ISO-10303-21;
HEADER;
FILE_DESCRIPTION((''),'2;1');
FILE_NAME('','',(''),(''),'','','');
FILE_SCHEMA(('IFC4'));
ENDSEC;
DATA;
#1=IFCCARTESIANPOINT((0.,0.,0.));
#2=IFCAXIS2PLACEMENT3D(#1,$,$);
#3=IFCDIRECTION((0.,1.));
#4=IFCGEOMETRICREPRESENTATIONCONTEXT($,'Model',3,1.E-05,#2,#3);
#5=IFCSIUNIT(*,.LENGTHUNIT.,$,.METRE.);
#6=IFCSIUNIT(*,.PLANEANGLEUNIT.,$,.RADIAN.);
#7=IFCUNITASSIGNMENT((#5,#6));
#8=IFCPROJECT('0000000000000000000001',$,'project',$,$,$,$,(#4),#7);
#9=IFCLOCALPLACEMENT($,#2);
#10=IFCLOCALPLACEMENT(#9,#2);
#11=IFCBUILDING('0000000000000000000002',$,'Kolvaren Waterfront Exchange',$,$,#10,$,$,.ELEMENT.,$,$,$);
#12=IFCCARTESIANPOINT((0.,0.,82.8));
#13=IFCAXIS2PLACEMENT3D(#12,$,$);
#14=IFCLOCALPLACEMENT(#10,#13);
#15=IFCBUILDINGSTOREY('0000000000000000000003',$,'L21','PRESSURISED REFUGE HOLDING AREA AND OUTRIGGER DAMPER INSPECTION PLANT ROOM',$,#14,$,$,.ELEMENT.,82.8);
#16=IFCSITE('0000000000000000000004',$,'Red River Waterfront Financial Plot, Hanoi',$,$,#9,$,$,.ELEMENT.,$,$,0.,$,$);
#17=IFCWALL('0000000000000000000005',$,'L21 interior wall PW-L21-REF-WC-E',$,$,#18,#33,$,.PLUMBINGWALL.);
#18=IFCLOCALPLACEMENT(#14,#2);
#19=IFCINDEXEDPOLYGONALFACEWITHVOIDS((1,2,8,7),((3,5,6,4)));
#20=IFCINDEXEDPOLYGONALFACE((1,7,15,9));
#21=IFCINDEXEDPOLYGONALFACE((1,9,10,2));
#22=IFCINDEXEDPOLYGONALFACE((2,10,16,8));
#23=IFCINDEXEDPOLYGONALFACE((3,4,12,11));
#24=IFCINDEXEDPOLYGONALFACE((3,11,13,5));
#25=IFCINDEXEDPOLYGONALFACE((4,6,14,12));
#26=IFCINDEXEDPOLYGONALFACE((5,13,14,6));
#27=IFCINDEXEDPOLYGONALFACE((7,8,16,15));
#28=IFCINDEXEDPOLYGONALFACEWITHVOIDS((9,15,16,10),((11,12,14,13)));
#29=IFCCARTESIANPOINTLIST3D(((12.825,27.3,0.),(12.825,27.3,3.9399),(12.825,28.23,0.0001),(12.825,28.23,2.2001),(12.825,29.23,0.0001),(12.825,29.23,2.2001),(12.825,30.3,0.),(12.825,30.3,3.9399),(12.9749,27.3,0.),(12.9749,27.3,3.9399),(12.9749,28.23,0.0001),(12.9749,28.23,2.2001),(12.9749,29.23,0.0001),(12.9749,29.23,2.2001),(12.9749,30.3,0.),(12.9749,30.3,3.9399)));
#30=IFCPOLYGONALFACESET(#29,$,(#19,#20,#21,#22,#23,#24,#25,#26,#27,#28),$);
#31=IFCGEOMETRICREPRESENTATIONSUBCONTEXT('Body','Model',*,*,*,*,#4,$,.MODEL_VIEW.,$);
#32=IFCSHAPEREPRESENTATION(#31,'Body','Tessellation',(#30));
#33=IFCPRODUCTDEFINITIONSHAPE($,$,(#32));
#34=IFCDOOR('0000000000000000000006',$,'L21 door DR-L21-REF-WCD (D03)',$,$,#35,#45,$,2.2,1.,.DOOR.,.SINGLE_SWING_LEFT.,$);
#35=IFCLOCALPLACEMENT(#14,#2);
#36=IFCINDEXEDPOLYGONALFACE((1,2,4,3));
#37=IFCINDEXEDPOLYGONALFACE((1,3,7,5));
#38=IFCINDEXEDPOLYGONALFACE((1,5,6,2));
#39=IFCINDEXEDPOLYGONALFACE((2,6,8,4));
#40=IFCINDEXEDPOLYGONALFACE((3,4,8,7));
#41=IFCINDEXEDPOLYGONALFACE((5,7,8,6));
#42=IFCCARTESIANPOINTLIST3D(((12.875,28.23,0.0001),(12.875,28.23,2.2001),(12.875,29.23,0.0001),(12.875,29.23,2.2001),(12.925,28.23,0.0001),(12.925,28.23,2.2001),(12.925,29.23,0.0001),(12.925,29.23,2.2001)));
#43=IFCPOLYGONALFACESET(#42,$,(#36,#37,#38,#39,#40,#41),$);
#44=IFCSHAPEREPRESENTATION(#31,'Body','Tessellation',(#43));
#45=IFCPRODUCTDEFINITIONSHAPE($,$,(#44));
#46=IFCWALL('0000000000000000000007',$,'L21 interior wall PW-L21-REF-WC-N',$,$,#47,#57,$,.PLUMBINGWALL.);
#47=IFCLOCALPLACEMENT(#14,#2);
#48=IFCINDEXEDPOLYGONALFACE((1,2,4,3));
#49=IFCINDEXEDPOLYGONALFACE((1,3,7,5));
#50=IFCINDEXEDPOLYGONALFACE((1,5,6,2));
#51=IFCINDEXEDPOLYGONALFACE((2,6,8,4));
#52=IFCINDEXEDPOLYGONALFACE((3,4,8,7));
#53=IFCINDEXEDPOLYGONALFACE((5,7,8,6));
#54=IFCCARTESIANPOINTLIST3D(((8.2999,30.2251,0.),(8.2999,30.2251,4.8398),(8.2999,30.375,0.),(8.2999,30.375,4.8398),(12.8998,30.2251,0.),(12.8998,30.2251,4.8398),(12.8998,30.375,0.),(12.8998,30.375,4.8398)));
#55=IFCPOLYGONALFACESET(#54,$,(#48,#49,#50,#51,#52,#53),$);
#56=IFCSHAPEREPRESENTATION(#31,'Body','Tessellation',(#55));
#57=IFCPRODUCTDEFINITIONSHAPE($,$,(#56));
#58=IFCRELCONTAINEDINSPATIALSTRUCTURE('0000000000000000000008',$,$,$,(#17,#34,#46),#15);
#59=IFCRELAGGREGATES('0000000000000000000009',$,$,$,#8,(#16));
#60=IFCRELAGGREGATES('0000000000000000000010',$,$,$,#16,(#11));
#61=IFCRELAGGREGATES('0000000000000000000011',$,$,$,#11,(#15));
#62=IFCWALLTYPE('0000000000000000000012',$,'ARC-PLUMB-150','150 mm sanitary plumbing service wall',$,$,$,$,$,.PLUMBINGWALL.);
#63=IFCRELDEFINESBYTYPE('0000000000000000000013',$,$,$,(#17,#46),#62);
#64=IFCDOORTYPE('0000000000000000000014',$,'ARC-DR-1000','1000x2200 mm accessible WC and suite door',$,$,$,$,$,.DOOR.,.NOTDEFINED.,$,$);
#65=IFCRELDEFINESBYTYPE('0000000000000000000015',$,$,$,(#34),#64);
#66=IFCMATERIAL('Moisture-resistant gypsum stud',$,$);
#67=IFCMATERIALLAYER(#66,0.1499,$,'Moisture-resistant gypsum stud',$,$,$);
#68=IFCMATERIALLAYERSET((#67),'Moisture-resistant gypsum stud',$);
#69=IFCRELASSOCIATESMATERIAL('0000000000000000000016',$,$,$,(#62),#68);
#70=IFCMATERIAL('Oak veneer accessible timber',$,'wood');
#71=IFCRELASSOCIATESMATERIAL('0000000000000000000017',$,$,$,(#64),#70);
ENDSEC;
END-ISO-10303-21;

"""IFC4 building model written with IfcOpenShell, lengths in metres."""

from ifc_helpers import new_model, si_unit, direction, frame, frame_2d, origin, place, context, subcontext, project, spatial, rectangle, extrude, material, layer, layer_set, type_object, element, fill, save


model = new_model("IFC4")

# Units and contexts
model_context = context("Model", 3, precision=1e-05, world=origin(), true_north=direction((0.0, 1.0)))
body_context = subcontext(model_context, "Body", "Model", "MODEL_VIEW")
ifc_project = project(units=[si_unit("LENGTHUNIT", "METRE"), si_unit("PLANEANGLEUNIT", "RADIAN")], contexts=[model_context])

# Site, building, storey
site_placement = place(None, origin())
site = spatial("IfcSite", under=ifc_project, at=site_placement, Name="Red River Waterfront Financial Plot, Hanoi", CompositionType="ELEMENT", RefElevation=0.0)
building_placement = place(site_placement, origin())
building = spatial("IfcBuilding", under=site, at=building_placement, Name="Kolvaren Waterfront Exchange", CompositionType="ELEMENT")
storey_placement = place(building_placement, frame((0.0, 0.0, 82.8)))
storey = spatial("IfcBuildingStorey", under=building, at=storey_placement, Name="L21", Description="PRESSURISED REFUGE HOLDING AREA AND OUTRIGGER DAMPER INSPECTION PLANT ROOM", CompositionType="ELEMENT", Elevation=82.8)

# Shared definitions
ifc_material_1 = material(Name="Moisture-resistant gypsum stud")
ifc_layer_1 = layer(ifc_material_1, 0.1499, Name="Moisture-resistant gypsum stud")
ifc_layer_set_1 = layer_set([ifc_layer_1], Name="Moisture-resistant gypsum stud")
wall_type_1 = type_object("IfcWallType", Name="ARC-PLUMB-150", Description="150 mm sanitary plumbing service wall", PredefinedType="PLUMBINGWALL", material=ifc_layer_set_1)

# Wall, opening, door
wall_1_placement = place(storey_placement, frame((12.8999, 27.3, 0.0), z_axis=(0.0, 0.0, 1.0), x_axis=(0.0, 1.0, 0.0)))
wall_1 = element("IfcWall", 1, at=wall_1_placement, inside=storey, type_object=wall_type_1, Name="L21 interior wall PW-L21-REF-WC-E", PredefinedType="PLUMBINGWALL", context=body_context, shape_type="SweptSolid", body=[
    extrude(rectangle(XDim=3.0, YDim=0.1499, at=frame_2d((1.5, 0.0))), origin(), (0.0, 0.0, 1.0), 3.9399),
])
opening_1_placement = place(wall_1_placement, frame((0.9299, 0.0, 0.0)))
opening_1 = element("IfcOpeningElement", 2, at=opening_1_placement, cuts=wall_1, PredefinedType="OPENING", context=body_context, shape_type="SweptSolid", body=[
    extrude(rectangle(XDim=1.0, YDim=2.2, at=frame_2d((0.5, 1.1001))), frame((0.0, 0.085, 0.0), z_axis=(0.0, -1.0, 0.0), x_axis=(1.0, 0.0, 0.0)), (0.0, 0.0, 1.0), 0.1699),
])
ifc_material_2 = material(Name="Oak veneer accessible timber", Category="wood")
door_type_1 = type_object("IfcDoorType", Name="ARC-DR-1000", Description="1000x2200 mm accessible WC and suite door", OperationType="NOTDEFINED", PredefinedType="DOOR", material=ifc_material_2)
door_1_placement = place(opening_1_placement, origin())
door_1 = element("IfcDoor", 3, at=door_1_placement, inside=storey, type_object=door_type_1, Name="L21 door DR-L21-REF-WCD (D03)", OperationType="SINGLE_SWING_LEFT", OverallHeight=2.2, OverallWidth=1.0, PredefinedType="DOOR", context=body_context, shape_type="SweptSolid", body=[
    extrude(rectangle(XDim=1.0, YDim=2.2, at=frame_2d((0.5, 1.1001))), frame((0.0, 0.0249, 0.0), z_axis=(0.0, -1.0, 0.0), x_axis=(1.0, 0.0, 0.0)), (0.0, 0.0, 1.0), 0.05),
])
fill(opening_1, door_1)

# Wall
wall_2_placement = place(storey_placement, frame((8.3, 30.3, 0.0), z_axis=(0.0, 0.0, 1.0), x_axis=(1.0, 0.0, 0.0)))
element("IfcWall", 4, at=wall_2_placement, inside=storey, type_object=wall_type_1, Name="L21 interior wall PW-L21-REF-WC-N", PredefinedType="PLUMBINGWALL", context=body_context, shape_type="SweptSolid", body=[
    extrude(rectangle(XDim=4.5999, YDim=0.1499, at=frame_2d((2.2998, 0.0))), origin(), (0.0, 0.0, 1.0), 4.8398),
])

save(model, "model.ifc")
